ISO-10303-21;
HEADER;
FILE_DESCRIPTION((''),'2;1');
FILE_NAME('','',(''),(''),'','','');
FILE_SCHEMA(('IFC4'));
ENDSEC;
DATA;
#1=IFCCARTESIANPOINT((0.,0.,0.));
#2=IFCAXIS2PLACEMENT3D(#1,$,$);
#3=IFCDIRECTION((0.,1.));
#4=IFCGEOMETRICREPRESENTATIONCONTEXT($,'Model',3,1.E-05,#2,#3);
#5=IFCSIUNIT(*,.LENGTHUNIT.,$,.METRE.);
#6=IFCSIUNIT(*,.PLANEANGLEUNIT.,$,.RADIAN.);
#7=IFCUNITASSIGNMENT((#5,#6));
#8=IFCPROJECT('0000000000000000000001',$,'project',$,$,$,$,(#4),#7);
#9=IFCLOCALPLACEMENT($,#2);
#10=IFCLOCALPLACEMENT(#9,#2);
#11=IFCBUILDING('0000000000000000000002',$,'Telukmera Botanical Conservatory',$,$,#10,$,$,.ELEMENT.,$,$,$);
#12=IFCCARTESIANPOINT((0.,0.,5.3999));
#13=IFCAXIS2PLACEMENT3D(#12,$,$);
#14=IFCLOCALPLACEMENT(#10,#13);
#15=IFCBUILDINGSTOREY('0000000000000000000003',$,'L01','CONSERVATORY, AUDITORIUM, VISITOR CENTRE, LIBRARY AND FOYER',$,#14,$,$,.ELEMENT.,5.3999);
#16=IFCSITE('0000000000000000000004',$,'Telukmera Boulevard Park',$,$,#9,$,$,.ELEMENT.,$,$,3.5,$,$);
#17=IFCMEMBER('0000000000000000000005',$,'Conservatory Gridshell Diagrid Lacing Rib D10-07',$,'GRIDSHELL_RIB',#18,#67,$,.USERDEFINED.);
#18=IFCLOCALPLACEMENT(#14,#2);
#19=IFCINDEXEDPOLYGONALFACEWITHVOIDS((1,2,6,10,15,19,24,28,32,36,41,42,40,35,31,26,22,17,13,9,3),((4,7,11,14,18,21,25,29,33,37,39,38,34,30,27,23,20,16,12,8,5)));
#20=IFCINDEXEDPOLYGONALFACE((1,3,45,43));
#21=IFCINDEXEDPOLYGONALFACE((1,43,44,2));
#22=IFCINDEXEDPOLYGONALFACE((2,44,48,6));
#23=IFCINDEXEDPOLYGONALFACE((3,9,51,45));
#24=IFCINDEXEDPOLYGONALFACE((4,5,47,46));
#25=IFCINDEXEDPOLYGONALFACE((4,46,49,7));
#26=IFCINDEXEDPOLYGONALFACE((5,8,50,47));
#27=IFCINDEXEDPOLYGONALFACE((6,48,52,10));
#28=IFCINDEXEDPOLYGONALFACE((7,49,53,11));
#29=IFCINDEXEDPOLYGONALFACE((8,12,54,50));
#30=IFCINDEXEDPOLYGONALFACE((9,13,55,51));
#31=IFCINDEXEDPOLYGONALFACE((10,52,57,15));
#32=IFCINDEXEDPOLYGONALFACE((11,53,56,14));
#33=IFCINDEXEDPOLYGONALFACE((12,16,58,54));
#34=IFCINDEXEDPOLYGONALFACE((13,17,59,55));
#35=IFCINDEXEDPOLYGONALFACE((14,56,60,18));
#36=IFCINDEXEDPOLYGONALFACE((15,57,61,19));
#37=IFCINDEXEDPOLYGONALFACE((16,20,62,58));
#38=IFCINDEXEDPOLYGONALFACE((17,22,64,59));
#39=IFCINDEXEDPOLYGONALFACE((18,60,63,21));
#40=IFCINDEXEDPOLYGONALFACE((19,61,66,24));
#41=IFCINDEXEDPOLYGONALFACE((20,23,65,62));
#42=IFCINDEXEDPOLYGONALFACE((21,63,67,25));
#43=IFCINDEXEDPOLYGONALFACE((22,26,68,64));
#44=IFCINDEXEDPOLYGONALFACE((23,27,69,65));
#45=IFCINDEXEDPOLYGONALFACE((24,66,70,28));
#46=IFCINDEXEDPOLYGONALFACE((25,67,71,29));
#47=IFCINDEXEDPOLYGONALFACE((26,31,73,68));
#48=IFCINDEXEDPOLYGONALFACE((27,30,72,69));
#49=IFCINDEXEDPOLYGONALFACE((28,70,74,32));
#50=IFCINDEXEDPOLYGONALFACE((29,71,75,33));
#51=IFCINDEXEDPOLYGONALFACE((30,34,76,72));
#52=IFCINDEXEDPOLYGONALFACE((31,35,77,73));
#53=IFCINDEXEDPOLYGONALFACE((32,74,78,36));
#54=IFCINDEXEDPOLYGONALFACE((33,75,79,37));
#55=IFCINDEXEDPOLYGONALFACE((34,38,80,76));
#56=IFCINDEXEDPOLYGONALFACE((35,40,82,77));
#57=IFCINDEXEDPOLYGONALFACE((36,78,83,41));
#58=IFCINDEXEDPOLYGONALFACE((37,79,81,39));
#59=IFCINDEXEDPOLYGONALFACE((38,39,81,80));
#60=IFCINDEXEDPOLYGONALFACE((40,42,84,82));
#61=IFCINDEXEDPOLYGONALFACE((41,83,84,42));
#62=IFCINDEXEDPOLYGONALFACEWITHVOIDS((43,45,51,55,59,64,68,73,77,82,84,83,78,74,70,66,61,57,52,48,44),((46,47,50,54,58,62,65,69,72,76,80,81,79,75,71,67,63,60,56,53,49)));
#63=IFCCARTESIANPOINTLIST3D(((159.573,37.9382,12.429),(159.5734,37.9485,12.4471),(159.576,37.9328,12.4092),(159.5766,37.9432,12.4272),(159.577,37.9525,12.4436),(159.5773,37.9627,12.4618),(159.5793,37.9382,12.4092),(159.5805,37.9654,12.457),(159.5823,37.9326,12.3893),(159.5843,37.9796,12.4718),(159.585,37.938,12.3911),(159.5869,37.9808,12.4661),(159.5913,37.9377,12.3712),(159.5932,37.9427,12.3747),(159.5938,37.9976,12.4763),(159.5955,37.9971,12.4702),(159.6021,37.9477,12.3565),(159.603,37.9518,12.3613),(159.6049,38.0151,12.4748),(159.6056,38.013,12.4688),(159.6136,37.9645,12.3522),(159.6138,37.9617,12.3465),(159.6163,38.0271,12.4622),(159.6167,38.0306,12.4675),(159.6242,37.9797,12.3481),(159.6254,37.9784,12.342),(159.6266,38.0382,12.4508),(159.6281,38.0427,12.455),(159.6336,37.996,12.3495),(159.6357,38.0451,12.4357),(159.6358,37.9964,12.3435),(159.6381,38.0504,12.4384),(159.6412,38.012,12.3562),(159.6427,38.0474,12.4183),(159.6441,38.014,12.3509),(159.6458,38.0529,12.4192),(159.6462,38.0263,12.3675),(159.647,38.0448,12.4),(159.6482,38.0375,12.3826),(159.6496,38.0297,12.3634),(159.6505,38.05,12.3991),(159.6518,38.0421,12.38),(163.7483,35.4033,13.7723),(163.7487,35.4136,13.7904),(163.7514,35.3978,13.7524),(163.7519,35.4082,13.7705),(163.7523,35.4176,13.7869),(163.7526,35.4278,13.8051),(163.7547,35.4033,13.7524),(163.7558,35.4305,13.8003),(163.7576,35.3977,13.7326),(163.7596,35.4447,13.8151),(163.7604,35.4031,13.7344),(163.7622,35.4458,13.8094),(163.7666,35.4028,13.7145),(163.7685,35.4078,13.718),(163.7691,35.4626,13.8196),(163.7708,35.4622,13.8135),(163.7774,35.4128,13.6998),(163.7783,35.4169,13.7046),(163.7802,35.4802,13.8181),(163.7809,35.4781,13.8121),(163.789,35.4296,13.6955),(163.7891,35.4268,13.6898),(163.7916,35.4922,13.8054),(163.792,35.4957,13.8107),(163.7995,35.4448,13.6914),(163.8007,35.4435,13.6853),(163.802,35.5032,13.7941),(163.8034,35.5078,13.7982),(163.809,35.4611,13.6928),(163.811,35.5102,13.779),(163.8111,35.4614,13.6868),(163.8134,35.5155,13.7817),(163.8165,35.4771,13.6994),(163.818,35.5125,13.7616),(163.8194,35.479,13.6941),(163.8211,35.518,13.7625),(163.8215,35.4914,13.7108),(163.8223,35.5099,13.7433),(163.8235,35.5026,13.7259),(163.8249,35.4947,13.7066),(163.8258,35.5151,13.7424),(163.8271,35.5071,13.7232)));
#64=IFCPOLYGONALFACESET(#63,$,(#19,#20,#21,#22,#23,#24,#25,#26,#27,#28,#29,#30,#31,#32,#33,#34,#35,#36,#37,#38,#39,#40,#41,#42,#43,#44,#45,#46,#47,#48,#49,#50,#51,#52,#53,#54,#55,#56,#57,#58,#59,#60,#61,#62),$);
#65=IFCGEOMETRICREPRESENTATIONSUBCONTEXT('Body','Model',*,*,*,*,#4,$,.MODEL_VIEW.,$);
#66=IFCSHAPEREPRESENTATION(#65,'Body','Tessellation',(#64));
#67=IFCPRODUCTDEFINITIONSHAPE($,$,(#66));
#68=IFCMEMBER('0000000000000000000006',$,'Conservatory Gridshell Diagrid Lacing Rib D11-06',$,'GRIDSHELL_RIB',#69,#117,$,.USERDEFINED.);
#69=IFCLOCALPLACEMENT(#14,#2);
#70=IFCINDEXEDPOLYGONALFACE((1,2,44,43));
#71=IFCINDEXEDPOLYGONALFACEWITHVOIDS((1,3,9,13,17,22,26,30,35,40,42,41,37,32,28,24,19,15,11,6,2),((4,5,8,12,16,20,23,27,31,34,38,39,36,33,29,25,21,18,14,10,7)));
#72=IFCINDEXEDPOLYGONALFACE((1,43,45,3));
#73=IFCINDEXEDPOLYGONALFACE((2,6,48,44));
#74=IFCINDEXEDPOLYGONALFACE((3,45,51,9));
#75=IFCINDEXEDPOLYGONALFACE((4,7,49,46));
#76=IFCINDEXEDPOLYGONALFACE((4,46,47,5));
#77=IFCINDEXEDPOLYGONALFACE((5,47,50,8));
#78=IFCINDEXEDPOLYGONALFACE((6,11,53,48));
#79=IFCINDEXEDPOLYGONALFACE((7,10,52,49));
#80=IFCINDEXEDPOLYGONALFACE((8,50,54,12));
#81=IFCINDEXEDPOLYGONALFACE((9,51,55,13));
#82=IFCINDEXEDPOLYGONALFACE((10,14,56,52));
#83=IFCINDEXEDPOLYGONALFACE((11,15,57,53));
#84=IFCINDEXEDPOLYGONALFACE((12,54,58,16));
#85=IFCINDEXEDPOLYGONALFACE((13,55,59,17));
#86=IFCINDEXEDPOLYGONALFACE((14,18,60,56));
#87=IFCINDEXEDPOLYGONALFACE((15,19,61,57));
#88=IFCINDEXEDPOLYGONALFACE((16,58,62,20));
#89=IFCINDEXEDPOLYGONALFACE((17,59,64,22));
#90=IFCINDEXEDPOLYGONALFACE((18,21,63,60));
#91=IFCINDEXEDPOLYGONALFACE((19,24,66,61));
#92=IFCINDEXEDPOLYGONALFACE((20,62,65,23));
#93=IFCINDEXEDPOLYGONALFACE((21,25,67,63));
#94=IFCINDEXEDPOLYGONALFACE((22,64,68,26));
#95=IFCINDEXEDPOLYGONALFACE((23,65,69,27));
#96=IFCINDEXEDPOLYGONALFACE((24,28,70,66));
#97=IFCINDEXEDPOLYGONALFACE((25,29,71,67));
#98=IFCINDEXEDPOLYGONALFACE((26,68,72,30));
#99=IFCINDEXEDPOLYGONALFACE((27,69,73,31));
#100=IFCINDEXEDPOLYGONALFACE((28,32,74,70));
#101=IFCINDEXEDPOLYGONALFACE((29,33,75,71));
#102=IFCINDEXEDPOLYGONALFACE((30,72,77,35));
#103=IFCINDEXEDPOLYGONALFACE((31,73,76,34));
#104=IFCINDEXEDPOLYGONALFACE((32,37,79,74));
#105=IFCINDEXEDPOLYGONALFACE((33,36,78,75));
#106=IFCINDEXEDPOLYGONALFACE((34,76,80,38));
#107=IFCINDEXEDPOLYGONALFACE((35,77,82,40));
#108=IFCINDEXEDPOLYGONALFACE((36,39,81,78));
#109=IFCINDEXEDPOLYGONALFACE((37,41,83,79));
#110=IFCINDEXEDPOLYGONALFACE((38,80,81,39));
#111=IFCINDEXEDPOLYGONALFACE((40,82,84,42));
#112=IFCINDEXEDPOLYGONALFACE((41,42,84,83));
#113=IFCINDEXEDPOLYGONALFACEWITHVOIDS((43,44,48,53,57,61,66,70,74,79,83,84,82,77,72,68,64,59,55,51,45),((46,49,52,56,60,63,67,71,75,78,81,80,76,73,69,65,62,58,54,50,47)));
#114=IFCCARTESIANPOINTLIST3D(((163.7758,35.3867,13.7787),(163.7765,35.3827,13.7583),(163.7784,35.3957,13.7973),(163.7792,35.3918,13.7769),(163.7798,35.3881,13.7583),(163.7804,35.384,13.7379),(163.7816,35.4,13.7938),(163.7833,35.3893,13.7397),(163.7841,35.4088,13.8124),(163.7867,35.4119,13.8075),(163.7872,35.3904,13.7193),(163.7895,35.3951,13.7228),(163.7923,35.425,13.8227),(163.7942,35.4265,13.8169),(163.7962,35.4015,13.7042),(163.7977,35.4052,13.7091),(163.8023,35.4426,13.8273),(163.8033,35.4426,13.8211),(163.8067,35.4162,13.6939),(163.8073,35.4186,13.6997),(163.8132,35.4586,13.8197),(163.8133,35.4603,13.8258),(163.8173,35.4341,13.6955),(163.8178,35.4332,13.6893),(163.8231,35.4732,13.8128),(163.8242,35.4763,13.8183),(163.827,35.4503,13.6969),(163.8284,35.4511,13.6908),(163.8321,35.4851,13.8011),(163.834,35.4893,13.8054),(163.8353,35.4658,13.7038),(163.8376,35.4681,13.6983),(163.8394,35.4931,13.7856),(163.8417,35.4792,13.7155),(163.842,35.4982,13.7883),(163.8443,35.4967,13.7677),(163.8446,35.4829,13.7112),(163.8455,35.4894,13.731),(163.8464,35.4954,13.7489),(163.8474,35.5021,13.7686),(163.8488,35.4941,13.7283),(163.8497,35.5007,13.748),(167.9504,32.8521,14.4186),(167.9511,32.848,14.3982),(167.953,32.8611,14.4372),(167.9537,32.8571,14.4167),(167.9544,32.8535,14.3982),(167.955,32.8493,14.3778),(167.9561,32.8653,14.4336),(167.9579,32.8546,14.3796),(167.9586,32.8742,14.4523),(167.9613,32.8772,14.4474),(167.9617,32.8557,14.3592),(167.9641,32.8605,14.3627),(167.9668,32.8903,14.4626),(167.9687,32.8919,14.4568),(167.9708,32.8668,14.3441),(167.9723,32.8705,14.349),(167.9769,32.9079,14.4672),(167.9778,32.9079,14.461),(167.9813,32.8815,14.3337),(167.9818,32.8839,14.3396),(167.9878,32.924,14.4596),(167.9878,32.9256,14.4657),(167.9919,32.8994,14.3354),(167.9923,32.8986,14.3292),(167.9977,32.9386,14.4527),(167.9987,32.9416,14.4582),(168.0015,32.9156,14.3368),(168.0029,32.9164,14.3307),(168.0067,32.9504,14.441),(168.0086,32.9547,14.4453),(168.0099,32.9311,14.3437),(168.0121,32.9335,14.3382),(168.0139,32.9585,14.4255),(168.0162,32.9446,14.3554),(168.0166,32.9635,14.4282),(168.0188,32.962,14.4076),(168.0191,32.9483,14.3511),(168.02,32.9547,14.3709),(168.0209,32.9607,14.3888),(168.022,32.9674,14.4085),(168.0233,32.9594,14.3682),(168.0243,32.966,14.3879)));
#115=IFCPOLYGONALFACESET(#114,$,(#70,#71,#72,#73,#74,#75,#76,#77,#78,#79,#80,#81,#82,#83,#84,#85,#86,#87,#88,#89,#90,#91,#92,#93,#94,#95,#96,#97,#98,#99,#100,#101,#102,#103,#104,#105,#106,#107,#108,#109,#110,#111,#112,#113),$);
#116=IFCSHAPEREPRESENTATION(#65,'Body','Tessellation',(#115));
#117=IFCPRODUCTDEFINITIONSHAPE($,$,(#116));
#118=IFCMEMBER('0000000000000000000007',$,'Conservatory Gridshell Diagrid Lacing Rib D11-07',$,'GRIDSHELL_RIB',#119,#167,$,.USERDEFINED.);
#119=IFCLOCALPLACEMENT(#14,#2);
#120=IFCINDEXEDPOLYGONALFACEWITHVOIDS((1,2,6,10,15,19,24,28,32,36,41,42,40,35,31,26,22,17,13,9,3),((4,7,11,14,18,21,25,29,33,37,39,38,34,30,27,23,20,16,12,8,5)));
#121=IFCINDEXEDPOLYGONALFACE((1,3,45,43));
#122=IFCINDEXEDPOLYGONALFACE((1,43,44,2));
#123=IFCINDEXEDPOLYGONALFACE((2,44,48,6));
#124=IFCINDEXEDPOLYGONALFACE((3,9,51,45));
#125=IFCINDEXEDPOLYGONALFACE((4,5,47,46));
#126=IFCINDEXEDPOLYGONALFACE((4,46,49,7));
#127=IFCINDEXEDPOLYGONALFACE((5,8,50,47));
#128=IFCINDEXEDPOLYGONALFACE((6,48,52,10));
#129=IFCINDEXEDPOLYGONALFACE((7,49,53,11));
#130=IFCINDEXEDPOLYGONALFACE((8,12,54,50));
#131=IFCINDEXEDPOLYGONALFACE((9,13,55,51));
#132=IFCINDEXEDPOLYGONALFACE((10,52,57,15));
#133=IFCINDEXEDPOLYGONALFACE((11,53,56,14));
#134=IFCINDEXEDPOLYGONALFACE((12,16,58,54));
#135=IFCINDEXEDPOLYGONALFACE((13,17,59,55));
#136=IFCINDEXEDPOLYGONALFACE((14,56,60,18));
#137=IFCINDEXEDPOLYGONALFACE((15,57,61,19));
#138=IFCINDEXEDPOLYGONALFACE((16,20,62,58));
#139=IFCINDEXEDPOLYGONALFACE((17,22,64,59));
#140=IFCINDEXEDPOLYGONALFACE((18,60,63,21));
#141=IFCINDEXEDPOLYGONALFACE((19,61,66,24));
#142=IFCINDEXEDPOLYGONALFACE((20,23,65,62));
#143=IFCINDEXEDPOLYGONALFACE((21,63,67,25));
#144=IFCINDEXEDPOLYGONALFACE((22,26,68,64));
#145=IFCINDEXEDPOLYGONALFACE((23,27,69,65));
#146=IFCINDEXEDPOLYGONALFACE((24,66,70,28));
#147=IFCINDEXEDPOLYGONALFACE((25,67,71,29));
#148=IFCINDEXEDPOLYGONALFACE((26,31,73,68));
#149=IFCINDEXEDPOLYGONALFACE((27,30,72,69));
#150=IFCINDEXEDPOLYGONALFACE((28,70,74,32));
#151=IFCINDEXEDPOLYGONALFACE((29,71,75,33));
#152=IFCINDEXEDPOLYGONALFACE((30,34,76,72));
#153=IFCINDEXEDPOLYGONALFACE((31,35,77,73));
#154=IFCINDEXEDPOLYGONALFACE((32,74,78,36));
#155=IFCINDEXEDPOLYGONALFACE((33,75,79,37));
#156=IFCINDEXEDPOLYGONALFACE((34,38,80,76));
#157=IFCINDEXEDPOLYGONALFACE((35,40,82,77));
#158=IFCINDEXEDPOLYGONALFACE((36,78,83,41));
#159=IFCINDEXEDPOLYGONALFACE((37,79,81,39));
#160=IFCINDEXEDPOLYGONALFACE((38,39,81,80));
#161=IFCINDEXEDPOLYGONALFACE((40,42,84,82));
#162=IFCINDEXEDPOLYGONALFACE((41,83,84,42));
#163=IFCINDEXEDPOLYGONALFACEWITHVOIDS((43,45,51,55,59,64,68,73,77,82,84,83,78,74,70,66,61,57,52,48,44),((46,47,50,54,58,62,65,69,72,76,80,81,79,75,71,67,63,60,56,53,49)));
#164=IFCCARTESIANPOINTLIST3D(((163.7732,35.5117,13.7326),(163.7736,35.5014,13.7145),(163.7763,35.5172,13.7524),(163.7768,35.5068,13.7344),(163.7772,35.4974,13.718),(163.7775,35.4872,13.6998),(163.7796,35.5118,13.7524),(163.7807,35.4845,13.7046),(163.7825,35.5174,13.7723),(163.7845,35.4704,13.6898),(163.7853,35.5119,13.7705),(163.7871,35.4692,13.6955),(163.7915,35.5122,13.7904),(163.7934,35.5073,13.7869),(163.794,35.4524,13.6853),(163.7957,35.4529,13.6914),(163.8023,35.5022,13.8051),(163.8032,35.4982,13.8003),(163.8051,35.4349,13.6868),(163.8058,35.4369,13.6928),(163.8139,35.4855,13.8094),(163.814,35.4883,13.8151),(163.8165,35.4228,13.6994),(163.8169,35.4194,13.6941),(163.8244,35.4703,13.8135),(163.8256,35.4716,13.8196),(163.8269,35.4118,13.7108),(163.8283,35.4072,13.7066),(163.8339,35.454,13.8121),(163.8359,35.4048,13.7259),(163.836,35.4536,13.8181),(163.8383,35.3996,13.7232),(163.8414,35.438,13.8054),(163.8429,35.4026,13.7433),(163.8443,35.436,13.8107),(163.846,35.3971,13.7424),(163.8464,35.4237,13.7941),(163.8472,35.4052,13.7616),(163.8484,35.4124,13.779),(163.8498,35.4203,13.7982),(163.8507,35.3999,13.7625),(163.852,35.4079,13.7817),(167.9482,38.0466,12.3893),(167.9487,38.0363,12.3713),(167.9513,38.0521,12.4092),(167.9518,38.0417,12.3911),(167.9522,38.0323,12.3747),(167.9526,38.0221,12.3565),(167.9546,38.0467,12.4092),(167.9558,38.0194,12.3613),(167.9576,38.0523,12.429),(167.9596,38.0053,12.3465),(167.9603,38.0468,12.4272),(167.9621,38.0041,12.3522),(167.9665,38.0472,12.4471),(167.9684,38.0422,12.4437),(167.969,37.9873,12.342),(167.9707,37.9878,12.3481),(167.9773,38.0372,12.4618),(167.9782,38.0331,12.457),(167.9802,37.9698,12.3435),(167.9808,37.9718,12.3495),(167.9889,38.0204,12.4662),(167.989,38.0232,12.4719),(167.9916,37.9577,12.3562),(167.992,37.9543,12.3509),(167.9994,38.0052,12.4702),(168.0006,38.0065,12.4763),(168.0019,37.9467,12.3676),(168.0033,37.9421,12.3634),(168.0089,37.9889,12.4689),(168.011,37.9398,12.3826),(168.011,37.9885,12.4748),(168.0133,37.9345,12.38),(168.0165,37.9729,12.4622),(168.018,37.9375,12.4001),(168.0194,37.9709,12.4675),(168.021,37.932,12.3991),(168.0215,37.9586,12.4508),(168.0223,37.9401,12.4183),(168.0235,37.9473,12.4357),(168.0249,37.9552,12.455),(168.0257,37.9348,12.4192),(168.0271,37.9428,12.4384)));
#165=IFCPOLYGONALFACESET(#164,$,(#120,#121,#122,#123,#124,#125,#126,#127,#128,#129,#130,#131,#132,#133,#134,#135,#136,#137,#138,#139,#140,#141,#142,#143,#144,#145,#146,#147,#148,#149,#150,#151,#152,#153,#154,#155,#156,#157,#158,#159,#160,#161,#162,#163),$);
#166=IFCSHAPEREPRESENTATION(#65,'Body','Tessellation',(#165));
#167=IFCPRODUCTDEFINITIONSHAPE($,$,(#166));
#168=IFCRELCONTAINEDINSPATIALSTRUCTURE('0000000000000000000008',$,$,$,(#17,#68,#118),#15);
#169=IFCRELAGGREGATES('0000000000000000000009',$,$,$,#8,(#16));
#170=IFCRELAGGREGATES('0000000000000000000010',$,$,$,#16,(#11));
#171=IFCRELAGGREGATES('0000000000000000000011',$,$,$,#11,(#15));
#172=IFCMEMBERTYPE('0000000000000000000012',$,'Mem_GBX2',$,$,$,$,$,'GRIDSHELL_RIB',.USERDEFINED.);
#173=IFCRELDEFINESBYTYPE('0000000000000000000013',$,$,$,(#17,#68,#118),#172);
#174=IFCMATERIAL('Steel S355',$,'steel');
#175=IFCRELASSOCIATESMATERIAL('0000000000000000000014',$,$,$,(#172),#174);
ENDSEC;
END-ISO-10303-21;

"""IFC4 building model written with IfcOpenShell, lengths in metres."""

from ifc_helpers import new_model, si_unit, direction, frame, origin, origin_2d, place, context, subcontext, project, spatial, hollow_circle, extrude, material, material_profile, profile_set, type_object, element, save


model = new_model("IFC4")

# Units and contexts
model_context = context("Model", 3, precision=1e-05, world=origin(), true_north=direction((0.0, 1.0)))
body_context = subcontext(model_context, "Body", "Model", "MODEL_VIEW")
ifc_project = project(units=[si_unit("LENGTHUNIT", "METRE"), si_unit("PLANEANGLEUNIT", "RADIAN")], contexts=[model_context])

# Site, building, storey
site_placement = place(None, origin())
site = spatial("IfcSite", under=ifc_project, at=site_placement, Name="Telukmera Boulevard Park", CompositionType="ELEMENT", RefElevation=3.5)
building_placement = place(site_placement, origin())
building = spatial("IfcBuilding", under=site, at=building_placement, Name="Telukmera Botanical Conservatory", CompositionType="ELEMENT")
storey_placement = place(building_placement, frame((0.0, 0.0, 5.3999)))
storey = spatial("IfcBuildingStorey", under=building, at=storey_placement, Name="L01", Description="CONSERVATORY, AUDITORIUM, VISITOR CENTRE, LIBRARY AND FOYER", CompositionType="ELEMENT", Elevation=5.3999)

# Shared definitions
ifc_material = material(Name="Steel S355", Category="steel")

# Members
ifc_material_profile_1 = material_profile(ifc_material, hollow_circle(Radius=0.0698, WallThickness=0.0063, at=origin_2d()), Name="CHS 139.7x6.3")
ifc_profile_set_1 = profile_set([ifc_material_profile_1], Name="Steel S355")
member_type_1 = type_object("IfcMemberType", Name="Mem_GBX2", ElementType="GRIDSHELL_RIB", PredefinedType="USERDEFINED", material=ifc_profile_set_1)
member_1_placement = place(storey_placement, frame((163.7876, 35.4575, 13.7524), z_axis=(-0.824198, 0.500389, -0.265158), x_axis=(-0.518965, -0.854795, 0.0)))
element("IfcMember", 1, at=member_1_placement, inside=storey, type_object=member_type_1, Name="Conservatory Gridshell Diagrid Lacing Rib D10-07", ObjectType="GRIDSHELL_RIB", PredefinedType="USERDEFINED", context=body_context, shape_type="SweptSolid", body=[
    extrude(hollow_circle(Radius=0.0698, WallThickness=0.0063, at=origin_2d()), origin(), (0.0, 0.0, 1.0), 5.0659),
])
member_2_placement = place(storey_placement, frame((167.9873, 32.9077, 14.3982), z_axis=(-0.847533, 0.514597, -0.129913), x_axis=(-0.518995, -0.854777, 0.0)))
element("IfcMember", 2, at=member_2_placement, inside=storey, type_object=member_type_1, Name="Conservatory Gridshell Diagrid Lacing Rib D11-06", ObjectType="GRIDSHELL_RIB", PredefinedType="USERDEFINED", context=body_context, shape_type="SweptSolid", body=[
    extrude(hollow_circle(Radius=0.0698, WallThickness=0.0063, at=origin_2d()), origin(), (0.0, 0.0, 1.0), 4.9255),
])
member_3_placement = place(storey_placement, frame((163.8125, 35.4575, 13.7524), z_axis=(0.824182, 0.500409, -0.265169), x_axis=(-0.518987, 0.854782, 0.0)))
element("IfcMember", 3, at=member_3_placement, inside=storey, type_object=member_type_1, Name="Conservatory Gridshell Diagrid Lacing Rib D11-07", ObjectType="GRIDSHELL_RIB", PredefinedType="USERDEFINED", context=body_context, shape_type="SweptSolid", body=[
    extrude(hollow_circle(Radius=0.0698, WallThickness=0.0063, at=origin_2d()), origin(), (0.0, 0.0, 1.0), 5.0657),
])

save(model, "model.ifc")
